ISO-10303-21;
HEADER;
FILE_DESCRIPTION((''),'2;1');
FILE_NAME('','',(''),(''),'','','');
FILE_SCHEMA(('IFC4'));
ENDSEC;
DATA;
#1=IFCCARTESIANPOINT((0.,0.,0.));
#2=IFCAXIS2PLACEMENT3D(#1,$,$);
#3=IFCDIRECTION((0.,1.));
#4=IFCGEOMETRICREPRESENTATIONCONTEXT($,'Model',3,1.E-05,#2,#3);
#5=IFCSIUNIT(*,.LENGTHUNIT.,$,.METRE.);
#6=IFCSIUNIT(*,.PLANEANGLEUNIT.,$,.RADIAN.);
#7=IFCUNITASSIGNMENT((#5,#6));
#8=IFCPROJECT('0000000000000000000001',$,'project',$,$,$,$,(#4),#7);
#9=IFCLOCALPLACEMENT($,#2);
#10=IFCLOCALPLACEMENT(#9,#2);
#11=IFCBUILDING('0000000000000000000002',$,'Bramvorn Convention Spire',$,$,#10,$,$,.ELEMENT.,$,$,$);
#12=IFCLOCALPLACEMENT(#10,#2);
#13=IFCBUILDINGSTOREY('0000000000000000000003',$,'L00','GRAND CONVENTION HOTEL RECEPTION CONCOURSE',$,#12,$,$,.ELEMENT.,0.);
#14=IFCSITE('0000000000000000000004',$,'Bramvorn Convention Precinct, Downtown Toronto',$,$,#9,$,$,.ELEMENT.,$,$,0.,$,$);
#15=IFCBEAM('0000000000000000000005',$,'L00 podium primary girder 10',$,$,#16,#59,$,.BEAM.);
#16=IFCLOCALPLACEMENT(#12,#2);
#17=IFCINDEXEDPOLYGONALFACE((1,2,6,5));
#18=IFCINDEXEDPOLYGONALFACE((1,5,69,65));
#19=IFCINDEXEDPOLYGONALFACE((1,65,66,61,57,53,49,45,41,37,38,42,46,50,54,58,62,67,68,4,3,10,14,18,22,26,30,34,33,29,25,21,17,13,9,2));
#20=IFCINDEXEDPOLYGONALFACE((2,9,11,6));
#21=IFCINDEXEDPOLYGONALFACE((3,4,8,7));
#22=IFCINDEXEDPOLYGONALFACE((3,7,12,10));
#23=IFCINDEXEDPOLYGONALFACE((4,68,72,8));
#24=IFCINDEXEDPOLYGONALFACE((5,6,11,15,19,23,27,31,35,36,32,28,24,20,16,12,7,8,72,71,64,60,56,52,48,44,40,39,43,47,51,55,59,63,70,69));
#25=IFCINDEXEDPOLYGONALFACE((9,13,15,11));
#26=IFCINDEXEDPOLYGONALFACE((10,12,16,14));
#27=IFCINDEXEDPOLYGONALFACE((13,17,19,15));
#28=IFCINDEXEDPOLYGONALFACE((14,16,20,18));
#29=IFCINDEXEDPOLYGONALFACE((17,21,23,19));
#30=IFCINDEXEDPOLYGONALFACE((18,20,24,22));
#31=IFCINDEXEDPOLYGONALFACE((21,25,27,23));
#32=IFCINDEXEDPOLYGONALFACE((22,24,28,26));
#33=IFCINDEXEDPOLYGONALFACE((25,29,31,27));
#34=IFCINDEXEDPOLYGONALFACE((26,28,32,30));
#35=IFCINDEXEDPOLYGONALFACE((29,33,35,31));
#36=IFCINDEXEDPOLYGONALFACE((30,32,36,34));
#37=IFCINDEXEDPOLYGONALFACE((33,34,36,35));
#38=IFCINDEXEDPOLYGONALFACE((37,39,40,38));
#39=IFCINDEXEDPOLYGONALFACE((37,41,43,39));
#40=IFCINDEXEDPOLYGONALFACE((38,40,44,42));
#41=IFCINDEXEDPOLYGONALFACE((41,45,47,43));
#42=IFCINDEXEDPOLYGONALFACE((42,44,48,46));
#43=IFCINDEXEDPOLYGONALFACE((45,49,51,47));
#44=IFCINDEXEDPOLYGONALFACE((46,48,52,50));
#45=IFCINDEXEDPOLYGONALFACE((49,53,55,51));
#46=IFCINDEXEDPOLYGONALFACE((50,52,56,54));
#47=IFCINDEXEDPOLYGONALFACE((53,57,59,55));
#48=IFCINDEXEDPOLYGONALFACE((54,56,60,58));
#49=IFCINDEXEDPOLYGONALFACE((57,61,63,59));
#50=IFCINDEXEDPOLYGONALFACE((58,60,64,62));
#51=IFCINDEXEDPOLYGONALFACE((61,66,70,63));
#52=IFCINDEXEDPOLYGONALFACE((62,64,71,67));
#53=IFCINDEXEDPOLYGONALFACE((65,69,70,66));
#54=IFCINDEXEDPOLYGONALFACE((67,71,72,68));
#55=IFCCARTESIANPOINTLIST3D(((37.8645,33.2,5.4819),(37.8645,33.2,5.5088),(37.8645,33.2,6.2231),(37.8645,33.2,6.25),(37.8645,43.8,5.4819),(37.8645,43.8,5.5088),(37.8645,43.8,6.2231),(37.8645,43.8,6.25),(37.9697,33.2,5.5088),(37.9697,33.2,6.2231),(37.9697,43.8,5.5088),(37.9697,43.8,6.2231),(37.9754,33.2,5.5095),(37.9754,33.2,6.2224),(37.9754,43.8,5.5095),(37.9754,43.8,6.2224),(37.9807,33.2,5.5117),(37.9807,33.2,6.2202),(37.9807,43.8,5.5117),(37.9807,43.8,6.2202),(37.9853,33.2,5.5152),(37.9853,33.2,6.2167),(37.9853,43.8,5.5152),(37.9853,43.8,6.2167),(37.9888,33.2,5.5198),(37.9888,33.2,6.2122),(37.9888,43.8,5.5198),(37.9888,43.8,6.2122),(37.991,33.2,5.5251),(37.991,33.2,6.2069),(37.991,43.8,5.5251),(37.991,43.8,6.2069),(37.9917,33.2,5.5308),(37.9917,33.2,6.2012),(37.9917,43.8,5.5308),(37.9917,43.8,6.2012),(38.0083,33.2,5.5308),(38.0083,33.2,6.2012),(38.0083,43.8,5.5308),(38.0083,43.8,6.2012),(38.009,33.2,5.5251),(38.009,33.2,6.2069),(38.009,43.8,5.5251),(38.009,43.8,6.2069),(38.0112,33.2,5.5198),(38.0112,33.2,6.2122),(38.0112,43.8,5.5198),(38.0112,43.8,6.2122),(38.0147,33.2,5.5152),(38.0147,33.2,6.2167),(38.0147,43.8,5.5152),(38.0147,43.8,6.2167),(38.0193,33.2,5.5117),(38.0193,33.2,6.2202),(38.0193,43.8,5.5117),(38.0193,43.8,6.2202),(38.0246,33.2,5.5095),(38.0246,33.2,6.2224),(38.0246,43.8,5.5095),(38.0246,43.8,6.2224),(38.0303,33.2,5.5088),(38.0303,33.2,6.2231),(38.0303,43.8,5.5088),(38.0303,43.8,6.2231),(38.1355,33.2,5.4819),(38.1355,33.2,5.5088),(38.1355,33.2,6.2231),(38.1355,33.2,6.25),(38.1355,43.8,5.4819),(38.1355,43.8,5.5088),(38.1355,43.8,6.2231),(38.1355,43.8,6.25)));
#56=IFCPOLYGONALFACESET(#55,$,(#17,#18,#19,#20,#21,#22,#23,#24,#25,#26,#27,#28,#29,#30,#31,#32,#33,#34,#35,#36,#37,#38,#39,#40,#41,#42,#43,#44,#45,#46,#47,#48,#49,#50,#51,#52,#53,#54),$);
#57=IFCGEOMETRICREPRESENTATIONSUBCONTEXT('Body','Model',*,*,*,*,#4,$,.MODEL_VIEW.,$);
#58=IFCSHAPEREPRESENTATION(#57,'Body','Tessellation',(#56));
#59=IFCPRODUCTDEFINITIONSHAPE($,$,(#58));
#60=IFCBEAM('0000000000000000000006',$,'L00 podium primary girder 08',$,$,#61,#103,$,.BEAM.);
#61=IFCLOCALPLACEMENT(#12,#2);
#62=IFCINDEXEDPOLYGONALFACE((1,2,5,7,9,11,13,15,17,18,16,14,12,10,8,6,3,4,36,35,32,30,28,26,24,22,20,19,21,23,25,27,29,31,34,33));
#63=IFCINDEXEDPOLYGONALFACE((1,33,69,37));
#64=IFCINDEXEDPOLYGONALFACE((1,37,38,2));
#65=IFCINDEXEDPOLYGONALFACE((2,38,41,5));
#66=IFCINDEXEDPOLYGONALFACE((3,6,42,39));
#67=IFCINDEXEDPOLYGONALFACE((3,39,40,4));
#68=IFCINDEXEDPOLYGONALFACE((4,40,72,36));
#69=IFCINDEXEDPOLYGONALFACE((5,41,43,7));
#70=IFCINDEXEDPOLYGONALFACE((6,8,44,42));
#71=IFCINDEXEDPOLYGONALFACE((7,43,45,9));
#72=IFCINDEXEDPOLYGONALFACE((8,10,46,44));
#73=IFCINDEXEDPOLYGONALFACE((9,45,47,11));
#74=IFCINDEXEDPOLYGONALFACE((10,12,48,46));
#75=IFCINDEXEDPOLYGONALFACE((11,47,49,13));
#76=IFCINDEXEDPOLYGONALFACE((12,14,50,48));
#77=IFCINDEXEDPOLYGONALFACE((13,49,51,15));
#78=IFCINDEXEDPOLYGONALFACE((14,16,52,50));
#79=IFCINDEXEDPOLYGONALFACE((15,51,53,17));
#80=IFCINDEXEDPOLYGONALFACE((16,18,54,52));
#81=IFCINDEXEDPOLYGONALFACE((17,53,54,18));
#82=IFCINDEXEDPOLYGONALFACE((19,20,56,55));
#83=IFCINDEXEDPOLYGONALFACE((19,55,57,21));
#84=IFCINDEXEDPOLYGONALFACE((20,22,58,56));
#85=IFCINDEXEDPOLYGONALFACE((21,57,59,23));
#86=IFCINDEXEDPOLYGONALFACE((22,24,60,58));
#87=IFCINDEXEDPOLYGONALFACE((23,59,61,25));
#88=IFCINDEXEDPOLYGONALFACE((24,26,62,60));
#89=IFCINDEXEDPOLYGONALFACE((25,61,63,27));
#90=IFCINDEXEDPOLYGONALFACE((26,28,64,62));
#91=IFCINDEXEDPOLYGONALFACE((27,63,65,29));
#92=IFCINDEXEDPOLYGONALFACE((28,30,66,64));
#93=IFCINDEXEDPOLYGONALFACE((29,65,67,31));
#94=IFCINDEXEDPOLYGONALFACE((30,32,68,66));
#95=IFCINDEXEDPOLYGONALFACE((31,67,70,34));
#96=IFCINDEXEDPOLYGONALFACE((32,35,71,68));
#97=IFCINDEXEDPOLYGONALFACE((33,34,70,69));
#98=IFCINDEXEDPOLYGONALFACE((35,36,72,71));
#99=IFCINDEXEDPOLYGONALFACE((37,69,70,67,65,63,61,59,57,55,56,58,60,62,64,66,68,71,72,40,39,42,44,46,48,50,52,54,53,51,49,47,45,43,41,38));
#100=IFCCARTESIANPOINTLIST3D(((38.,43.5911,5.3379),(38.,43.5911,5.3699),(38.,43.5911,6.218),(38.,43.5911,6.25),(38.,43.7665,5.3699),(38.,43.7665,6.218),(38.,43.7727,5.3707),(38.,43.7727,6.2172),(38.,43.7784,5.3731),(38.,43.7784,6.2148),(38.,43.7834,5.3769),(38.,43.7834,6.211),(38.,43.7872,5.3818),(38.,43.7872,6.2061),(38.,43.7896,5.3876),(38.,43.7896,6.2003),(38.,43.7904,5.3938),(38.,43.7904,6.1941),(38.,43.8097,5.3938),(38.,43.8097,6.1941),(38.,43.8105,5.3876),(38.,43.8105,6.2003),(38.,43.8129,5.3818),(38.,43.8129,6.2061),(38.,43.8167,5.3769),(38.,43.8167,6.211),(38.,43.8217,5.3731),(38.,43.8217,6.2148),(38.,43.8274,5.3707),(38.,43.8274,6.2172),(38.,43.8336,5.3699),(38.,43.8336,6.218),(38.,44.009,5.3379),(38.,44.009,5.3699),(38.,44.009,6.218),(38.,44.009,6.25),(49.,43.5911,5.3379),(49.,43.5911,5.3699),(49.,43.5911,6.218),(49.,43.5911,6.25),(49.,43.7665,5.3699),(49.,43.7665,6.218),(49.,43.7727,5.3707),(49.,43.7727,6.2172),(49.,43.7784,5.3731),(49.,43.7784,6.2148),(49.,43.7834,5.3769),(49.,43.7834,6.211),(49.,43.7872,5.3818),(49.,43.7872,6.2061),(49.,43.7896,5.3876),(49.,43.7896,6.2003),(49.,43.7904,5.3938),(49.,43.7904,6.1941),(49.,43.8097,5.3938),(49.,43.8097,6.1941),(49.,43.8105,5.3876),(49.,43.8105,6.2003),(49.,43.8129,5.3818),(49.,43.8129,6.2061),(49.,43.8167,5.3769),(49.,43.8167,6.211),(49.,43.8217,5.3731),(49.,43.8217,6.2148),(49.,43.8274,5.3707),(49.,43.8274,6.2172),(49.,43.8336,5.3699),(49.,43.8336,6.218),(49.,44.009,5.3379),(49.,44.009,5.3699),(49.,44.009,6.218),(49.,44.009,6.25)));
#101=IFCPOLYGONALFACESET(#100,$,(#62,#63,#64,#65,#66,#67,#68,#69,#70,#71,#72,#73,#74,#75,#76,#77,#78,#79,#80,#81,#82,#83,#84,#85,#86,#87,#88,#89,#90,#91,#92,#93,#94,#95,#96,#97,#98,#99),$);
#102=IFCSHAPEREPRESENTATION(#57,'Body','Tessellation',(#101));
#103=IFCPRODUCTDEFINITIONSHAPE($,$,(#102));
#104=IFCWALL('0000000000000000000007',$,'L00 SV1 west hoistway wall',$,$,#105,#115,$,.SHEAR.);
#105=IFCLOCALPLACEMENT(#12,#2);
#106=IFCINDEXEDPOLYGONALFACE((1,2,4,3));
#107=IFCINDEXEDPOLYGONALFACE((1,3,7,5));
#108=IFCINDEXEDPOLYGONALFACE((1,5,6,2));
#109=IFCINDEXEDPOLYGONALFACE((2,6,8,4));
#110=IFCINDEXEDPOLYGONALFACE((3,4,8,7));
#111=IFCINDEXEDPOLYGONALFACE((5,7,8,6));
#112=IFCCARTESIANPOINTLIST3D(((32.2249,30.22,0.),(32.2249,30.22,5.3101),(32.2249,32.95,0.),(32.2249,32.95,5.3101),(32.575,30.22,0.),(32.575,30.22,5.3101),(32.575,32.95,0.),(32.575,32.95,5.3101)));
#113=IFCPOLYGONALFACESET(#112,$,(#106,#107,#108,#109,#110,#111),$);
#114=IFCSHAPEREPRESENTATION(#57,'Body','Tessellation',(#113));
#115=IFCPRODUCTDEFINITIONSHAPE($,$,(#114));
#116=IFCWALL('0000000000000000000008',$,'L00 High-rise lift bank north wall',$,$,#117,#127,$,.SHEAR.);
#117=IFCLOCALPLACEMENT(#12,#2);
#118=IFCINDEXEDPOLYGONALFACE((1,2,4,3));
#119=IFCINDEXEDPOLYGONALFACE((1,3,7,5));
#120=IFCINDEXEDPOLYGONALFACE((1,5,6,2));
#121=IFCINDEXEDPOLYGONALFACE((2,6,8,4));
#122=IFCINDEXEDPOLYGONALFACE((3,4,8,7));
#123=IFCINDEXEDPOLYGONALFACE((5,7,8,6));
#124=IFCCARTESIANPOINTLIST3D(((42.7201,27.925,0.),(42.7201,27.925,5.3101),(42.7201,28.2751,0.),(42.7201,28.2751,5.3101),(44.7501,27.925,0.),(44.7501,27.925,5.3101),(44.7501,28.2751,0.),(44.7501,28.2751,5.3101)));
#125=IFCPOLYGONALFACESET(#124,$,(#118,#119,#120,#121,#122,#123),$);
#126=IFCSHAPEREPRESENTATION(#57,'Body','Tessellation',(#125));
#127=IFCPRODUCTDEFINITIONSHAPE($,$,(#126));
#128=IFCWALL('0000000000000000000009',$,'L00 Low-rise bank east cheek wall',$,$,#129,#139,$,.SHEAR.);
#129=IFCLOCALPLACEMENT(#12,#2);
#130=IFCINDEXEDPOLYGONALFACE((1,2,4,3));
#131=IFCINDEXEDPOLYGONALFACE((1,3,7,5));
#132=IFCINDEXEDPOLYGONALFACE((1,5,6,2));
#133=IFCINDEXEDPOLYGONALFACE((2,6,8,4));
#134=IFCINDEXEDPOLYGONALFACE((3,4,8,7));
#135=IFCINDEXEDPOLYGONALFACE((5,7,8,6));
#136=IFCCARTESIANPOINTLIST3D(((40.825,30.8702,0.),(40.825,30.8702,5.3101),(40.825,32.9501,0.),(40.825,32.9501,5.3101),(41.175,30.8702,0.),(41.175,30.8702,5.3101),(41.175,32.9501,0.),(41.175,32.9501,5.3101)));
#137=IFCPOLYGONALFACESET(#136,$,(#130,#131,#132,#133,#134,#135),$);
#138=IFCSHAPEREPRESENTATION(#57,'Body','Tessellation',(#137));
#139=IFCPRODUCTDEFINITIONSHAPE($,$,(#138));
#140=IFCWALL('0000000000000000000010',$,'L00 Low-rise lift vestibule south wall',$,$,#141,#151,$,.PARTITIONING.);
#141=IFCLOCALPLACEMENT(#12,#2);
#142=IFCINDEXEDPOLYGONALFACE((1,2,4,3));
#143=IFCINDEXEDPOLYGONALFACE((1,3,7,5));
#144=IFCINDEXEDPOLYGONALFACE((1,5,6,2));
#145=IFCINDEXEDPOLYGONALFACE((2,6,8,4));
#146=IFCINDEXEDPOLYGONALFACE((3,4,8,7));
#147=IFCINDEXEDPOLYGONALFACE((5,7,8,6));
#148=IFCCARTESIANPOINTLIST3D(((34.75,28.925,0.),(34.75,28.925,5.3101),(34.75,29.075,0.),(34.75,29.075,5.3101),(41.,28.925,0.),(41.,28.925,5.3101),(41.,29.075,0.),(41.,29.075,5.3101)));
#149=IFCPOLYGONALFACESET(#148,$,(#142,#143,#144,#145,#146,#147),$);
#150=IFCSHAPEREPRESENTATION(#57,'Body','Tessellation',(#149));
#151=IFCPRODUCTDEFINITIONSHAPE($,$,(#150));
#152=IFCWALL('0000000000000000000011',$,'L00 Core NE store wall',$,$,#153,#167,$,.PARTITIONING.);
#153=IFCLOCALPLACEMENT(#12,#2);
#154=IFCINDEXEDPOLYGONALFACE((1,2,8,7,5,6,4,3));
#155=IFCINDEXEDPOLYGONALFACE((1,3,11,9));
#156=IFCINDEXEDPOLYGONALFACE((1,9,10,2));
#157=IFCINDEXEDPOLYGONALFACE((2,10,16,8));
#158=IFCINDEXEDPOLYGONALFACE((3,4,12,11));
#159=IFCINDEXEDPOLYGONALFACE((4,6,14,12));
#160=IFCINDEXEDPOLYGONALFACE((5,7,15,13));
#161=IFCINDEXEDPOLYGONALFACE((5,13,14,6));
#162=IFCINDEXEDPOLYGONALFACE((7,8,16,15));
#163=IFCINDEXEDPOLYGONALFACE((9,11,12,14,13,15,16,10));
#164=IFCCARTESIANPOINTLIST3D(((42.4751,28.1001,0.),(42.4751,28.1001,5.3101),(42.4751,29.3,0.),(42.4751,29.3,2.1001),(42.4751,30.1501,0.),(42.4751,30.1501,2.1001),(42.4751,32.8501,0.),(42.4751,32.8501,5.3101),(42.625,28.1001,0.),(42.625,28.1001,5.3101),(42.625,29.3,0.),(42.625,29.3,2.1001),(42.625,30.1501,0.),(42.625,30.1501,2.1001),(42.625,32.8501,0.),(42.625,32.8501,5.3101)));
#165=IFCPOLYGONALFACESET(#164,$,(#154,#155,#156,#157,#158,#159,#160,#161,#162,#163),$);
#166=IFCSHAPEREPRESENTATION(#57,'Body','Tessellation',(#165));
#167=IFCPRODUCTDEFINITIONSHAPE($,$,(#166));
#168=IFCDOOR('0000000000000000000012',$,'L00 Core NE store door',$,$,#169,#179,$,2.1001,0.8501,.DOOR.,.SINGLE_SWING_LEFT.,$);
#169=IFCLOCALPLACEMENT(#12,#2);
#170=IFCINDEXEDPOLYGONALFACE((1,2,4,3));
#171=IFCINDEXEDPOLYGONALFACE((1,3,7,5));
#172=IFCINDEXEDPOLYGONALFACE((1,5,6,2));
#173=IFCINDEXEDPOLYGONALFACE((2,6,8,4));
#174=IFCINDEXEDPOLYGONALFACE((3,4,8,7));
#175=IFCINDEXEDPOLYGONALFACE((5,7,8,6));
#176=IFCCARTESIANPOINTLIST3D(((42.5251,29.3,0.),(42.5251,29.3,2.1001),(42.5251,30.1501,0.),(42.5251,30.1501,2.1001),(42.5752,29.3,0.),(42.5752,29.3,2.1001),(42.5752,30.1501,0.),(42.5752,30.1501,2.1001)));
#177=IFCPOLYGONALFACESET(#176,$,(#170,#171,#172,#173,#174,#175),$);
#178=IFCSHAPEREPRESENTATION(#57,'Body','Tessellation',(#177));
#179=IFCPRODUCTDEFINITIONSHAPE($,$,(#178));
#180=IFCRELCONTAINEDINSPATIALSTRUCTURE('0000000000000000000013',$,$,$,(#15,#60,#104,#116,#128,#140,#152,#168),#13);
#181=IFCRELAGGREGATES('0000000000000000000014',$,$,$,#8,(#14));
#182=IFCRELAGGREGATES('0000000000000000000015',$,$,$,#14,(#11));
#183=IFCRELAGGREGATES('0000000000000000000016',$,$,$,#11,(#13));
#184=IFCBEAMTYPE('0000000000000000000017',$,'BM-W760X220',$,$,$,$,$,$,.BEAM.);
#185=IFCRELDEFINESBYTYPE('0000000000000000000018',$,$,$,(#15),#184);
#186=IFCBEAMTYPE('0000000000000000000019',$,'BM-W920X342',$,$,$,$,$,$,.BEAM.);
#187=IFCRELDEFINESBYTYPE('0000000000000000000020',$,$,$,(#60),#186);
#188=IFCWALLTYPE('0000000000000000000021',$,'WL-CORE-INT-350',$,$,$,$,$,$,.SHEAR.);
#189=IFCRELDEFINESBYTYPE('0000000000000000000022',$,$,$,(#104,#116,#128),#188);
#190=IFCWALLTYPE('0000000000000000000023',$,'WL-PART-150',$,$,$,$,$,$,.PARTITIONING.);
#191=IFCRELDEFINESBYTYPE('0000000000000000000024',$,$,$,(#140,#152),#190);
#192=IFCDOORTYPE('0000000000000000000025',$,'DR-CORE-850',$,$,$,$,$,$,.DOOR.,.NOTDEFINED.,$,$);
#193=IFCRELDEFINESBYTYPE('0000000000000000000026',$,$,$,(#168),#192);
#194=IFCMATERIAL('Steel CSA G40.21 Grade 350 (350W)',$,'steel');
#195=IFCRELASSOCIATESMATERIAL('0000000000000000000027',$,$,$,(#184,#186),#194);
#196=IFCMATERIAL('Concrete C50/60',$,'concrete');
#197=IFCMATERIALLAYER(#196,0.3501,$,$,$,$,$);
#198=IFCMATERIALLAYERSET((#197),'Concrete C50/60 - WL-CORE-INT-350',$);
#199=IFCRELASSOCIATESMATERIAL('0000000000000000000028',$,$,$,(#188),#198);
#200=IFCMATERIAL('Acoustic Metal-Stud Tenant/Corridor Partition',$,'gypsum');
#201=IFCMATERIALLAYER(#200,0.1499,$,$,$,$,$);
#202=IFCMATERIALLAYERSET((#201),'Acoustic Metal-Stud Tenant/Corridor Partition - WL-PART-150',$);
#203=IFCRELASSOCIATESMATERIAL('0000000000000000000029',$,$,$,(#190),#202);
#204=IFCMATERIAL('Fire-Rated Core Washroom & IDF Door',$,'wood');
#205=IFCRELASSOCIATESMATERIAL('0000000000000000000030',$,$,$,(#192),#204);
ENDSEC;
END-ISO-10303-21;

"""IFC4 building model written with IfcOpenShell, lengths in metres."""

from ifc_helpers import new_model, si_unit, direction, frame, frame_2d, origin, origin_2d, place, context, subcontext, project, spatial, rectangle, i_section, extrude, material, layer, layer_set, material_profile, profile_set, type_object, element, fill, save


model = new_model("IFC4")

# Units and contexts
model_context = context("Model", 3, precision=1e-05, world=origin(), true_north=direction((0.0, 1.0)))
body_context = subcontext(model_context, "Body", "Model", "MODEL_VIEW")
ifc_project = project(units=[si_unit("LENGTHUNIT", "METRE"), si_unit("PLANEANGLEUNIT", "RADIAN")], contexts=[model_context])

# Site, building, storey
site_placement = place(None, origin())
site = spatial("IfcSite", under=ifc_project, at=site_placement, Name="Bramvorn Convention Precinct, Downtown Toronto", CompositionType="ELEMENT", RefElevation=0.0)
building_placement = place(site_placement, origin())
building = spatial("IfcBuilding", under=site, at=building_placement, Name="Bramvorn Convention Spire", CompositionType="ELEMENT")
storey_placement = place(building_placement, origin())
storey = spatial("IfcBuildingStorey", under=building, at=storey_placement, Name="L00", Description="GRAND CONVENTION HOTEL RECEPTION CONCOURSE", CompositionType="ELEMENT", Elevation=0.0)

# Shared definitions
ifc_material_1 = material(Name="Steel CSA G40.21 Grade 350 (350W)", Category="steel")

# Beams
ifc_material_profile_1 = material_profile(ifc_material_1, i_section(OverallWidth=0.271, OverallDepth=0.7681, WebThickness=0.0166, FlangeThickness=0.0269, FilletRadius=0.022, at=origin_2d()))
ifc_profile_set_1 = profile_set([ifc_material_profile_1], Name="Steel CSA G40.21 Grade 350 (350W) - W760X220")
beam_type_1 = type_object("IfcBeamType", Name="BM-W760X220", PredefinedType="BEAM", material=ifc_profile_set_1)
beam_1_placement = place(storey_placement, frame((38.0, 33.2, 5.866), z_axis=(0.0, 1.0, 0.0), x_axis=(-1.0, 0.0, 0.0)))
element("IfcBeam", 1, at=beam_1_placement, inside=storey, type_object=beam_type_1, Name="L00 podium primary girder 10", PredefinedType="BEAM", context=body_context, shape_type="SweptSolid", body=[
    extrude(i_section(OverallWidth=0.271, OverallDepth=0.7681, WebThickness=0.0166, FlangeThickness=0.0269, FilletRadius=0.022, at=origin_2d()), origin(), (0.0, 0.0, 1.0), 10.6001),
])
ifc_material_profile_2 = material_profile(ifc_material_1, i_section(OverallWidth=0.418, OverallDepth=0.9121, WebThickness=0.0193, FlangeThickness=0.032, FilletRadius=0.0239, at=origin_2d()))
ifc_profile_set_2 = profile_set([ifc_material_profile_2], Name="Steel CSA G40.21 Grade 350 (350W) - W920X342")
beam_type_2 = type_object("IfcBeamType", Name="BM-W920X342", PredefinedType="BEAM", material=ifc_profile_set_2)
beam_2_placement = place(storey_placement, frame((38.0, 43.8, 5.7939), z_axis=(1.0, 0.0, 0.0), x_axis=(0.0, 1.0, 0.0)))
element("IfcBeam", 2, at=beam_2_placement, inside=storey, type_object=beam_type_2, Name="L00 podium primary girder 08", PredefinedType="BEAM", context=body_context, shape_type="SweptSolid", body=[
    extrude(i_section(OverallWidth=0.418, OverallDepth=0.9121, WebThickness=0.0193, FlangeThickness=0.032, FilletRadius=0.0239, at=origin_2d()), origin(), (0.0, 0.0, 1.0), 11.0),
])

# Shared definitions
ifc_material_2 = material(Name="Concrete C50/60", Category="concrete")
ifc_layer_1 = layer(ifc_material_2, 0.3501)
ifc_layer_set_1 = layer_set([ifc_layer_1], Name="Concrete C50/60 - WL-CORE-INT-350")
wall_type_1 = type_object("IfcWallType", Name="WL-CORE-INT-350", PredefinedType="SHEAR", material=ifc_layer_set_1)

# Walls
wall_1_placement = place(storey_placement, frame((32.3999, 30.22, 0.0), z_axis=(0.0, 0.0, 1.0), x_axis=(0.0, 1.0, 0.0)))
element("IfcWall", 3, at=wall_1_placement, inside=storey, type_object=wall_type_1, Name="L00 SV1 west hoistway wall", PredefinedType="SHEAR", context=body_context, shape_type="SweptSolid", body=[
    extrude(rectangle(XDim=2.73, YDim=0.3501, at=frame_2d((1.365, 0.0))), origin(), (0.0, 0.0, 1.0), 5.3101),
])
wall_2_placement = place(storey_placement, frame((42.72, 28.1001, 0.0), z_axis=(0.0, 0.0, 1.0), x_axis=(1.0, 0.0, 0.0)))
element("IfcWall", 4, at=wall_2_placement, inside=storey, type_object=wall_type_1, Name="L00 High-rise lift bank north wall", PredefinedType="SHEAR", context=body_context, shape_type="SweptSolid", body=[
    extrude(rectangle(XDim=2.03, YDim=0.3501, at=frame_2d((1.0151, 0.0))), origin(), (0.0, 0.0, 1.0), 5.3101),
])

# Walls
wall_3_placement = place(storey_placement, frame((41.0, 30.8701, 0.0), z_axis=(0.0, 0.0, 1.0), x_axis=(0.0, 1.0, 0.0)))
element("IfcWall", 5, at=wall_3_placement, inside=storey, type_object=wall_type_1, Name="L00 Low-rise bank east cheek wall", PredefinedType="SHEAR", context=body_context, shape_type="SweptSolid", body=[
    extrude(rectangle(XDim=2.0798, YDim=0.3501, at=frame_2d((1.04, 0.0))), origin(), (0.0, 0.0, 1.0), 5.3101),
])
ifc_material_3 = material(Name="Acoustic Metal-Stud Tenant/Corridor Partition", Category="gypsum")
ifc_layer_2 = layer(ifc_material_3, 0.1499)
ifc_layer_set_2 = layer_set([ifc_layer_2], Name="Acoustic Metal-Stud Tenant/Corridor Partition - WL-PART-150")
wall_type_2 = type_object("IfcWallType", Name="WL-PART-150", PredefinedType="PARTITIONING", material=ifc_layer_set_2)
wall_4_placement = place(storey_placement, frame((34.75, 29.0, 0.0), z_axis=(0.0, 0.0, 1.0), x_axis=(1.0, 0.0, 0.0)))
element("IfcWall", 6, at=wall_4_placement, inside=storey, type_object=wall_type_2, Name="L00 Low-rise lift vestibule south wall", PredefinedType="PARTITIONING", context=body_context, shape_type="SweptSolid", body=[
    extrude(rectangle(XDim=6.25, YDim=0.1499, at=frame_2d((3.125, 0.0))), origin(), (0.0, 0.0, 1.0), 5.3101),
])

# Wall, opening, door
wall_5_placement = place(storey_placement, frame((42.55, 28.1001, 0.0), z_axis=(0.0, 0.0, 1.0), x_axis=(0.0, 1.0, 0.0)))
wall_5 = element("IfcWall", 7, at=wall_5_placement, inside=storey, type_object=wall_type_2, Name="L00 Core NE store wall", PredefinedType="PARTITIONING", context=body_context, shape_type="SweptSolid", body=[
    extrude(rectangle(XDim=4.75, YDim=0.1499, at=frame_2d((2.375, 0.0))), origin(), (0.0, 0.0, 1.0), 5.3101),
])
opening_1_placement = place(wall_5_placement, frame((1.2, 0.0, 0.0)))
opening_1 = element("IfcOpeningElement", 8, at=opening_1_placement, cuts=wall_5, PredefinedType="OPENING", context=body_context, shape_type="SweptSolid", body=[
    extrude(rectangle(XDim=0.8501, YDim=2.1001, at=frame_2d((0.425, 1.05))), frame((0.0, 0.085, 0.0), z_axis=(0.0, -1.0, 0.0), x_axis=(1.0, 0.0, 0.0)), (0.0, 0.0, 1.0), 0.1699),
])
ifc_material_4 = material(Name="Fire-Rated Core Washroom & IDF Door", Category="wood")
door_type_1 = type_object("IfcDoorType", Name="DR-CORE-850", OperationType="NOTDEFINED", PredefinedType="DOOR", material=ifc_material_4)
door_1_placement = place(opening_1_placement, origin())
door_1 = element("IfcDoor", 9, at=door_1_placement, inside=storey, type_object=door_type_1, Name="L00 Core NE store door", OperationType="SINGLE_SWING_LEFT", OverallHeight=2.1001, OverallWidth=0.8501, PredefinedType="DOOR", context=body_context, shape_type="SweptSolid", body=[
    extrude(rectangle(XDim=0.8501, YDim=2.1001, at=frame_2d((0.425, 1.05))), frame((0.0, 0.0249, 0.0), z_axis=(0.0, -1.0, 0.0), x_axis=(1.0, 0.0, 0.0)), (0.0, 0.0, 1.0), 0.05),
])
fill(opening_1, door_1)

save(model, "model.ifc")
